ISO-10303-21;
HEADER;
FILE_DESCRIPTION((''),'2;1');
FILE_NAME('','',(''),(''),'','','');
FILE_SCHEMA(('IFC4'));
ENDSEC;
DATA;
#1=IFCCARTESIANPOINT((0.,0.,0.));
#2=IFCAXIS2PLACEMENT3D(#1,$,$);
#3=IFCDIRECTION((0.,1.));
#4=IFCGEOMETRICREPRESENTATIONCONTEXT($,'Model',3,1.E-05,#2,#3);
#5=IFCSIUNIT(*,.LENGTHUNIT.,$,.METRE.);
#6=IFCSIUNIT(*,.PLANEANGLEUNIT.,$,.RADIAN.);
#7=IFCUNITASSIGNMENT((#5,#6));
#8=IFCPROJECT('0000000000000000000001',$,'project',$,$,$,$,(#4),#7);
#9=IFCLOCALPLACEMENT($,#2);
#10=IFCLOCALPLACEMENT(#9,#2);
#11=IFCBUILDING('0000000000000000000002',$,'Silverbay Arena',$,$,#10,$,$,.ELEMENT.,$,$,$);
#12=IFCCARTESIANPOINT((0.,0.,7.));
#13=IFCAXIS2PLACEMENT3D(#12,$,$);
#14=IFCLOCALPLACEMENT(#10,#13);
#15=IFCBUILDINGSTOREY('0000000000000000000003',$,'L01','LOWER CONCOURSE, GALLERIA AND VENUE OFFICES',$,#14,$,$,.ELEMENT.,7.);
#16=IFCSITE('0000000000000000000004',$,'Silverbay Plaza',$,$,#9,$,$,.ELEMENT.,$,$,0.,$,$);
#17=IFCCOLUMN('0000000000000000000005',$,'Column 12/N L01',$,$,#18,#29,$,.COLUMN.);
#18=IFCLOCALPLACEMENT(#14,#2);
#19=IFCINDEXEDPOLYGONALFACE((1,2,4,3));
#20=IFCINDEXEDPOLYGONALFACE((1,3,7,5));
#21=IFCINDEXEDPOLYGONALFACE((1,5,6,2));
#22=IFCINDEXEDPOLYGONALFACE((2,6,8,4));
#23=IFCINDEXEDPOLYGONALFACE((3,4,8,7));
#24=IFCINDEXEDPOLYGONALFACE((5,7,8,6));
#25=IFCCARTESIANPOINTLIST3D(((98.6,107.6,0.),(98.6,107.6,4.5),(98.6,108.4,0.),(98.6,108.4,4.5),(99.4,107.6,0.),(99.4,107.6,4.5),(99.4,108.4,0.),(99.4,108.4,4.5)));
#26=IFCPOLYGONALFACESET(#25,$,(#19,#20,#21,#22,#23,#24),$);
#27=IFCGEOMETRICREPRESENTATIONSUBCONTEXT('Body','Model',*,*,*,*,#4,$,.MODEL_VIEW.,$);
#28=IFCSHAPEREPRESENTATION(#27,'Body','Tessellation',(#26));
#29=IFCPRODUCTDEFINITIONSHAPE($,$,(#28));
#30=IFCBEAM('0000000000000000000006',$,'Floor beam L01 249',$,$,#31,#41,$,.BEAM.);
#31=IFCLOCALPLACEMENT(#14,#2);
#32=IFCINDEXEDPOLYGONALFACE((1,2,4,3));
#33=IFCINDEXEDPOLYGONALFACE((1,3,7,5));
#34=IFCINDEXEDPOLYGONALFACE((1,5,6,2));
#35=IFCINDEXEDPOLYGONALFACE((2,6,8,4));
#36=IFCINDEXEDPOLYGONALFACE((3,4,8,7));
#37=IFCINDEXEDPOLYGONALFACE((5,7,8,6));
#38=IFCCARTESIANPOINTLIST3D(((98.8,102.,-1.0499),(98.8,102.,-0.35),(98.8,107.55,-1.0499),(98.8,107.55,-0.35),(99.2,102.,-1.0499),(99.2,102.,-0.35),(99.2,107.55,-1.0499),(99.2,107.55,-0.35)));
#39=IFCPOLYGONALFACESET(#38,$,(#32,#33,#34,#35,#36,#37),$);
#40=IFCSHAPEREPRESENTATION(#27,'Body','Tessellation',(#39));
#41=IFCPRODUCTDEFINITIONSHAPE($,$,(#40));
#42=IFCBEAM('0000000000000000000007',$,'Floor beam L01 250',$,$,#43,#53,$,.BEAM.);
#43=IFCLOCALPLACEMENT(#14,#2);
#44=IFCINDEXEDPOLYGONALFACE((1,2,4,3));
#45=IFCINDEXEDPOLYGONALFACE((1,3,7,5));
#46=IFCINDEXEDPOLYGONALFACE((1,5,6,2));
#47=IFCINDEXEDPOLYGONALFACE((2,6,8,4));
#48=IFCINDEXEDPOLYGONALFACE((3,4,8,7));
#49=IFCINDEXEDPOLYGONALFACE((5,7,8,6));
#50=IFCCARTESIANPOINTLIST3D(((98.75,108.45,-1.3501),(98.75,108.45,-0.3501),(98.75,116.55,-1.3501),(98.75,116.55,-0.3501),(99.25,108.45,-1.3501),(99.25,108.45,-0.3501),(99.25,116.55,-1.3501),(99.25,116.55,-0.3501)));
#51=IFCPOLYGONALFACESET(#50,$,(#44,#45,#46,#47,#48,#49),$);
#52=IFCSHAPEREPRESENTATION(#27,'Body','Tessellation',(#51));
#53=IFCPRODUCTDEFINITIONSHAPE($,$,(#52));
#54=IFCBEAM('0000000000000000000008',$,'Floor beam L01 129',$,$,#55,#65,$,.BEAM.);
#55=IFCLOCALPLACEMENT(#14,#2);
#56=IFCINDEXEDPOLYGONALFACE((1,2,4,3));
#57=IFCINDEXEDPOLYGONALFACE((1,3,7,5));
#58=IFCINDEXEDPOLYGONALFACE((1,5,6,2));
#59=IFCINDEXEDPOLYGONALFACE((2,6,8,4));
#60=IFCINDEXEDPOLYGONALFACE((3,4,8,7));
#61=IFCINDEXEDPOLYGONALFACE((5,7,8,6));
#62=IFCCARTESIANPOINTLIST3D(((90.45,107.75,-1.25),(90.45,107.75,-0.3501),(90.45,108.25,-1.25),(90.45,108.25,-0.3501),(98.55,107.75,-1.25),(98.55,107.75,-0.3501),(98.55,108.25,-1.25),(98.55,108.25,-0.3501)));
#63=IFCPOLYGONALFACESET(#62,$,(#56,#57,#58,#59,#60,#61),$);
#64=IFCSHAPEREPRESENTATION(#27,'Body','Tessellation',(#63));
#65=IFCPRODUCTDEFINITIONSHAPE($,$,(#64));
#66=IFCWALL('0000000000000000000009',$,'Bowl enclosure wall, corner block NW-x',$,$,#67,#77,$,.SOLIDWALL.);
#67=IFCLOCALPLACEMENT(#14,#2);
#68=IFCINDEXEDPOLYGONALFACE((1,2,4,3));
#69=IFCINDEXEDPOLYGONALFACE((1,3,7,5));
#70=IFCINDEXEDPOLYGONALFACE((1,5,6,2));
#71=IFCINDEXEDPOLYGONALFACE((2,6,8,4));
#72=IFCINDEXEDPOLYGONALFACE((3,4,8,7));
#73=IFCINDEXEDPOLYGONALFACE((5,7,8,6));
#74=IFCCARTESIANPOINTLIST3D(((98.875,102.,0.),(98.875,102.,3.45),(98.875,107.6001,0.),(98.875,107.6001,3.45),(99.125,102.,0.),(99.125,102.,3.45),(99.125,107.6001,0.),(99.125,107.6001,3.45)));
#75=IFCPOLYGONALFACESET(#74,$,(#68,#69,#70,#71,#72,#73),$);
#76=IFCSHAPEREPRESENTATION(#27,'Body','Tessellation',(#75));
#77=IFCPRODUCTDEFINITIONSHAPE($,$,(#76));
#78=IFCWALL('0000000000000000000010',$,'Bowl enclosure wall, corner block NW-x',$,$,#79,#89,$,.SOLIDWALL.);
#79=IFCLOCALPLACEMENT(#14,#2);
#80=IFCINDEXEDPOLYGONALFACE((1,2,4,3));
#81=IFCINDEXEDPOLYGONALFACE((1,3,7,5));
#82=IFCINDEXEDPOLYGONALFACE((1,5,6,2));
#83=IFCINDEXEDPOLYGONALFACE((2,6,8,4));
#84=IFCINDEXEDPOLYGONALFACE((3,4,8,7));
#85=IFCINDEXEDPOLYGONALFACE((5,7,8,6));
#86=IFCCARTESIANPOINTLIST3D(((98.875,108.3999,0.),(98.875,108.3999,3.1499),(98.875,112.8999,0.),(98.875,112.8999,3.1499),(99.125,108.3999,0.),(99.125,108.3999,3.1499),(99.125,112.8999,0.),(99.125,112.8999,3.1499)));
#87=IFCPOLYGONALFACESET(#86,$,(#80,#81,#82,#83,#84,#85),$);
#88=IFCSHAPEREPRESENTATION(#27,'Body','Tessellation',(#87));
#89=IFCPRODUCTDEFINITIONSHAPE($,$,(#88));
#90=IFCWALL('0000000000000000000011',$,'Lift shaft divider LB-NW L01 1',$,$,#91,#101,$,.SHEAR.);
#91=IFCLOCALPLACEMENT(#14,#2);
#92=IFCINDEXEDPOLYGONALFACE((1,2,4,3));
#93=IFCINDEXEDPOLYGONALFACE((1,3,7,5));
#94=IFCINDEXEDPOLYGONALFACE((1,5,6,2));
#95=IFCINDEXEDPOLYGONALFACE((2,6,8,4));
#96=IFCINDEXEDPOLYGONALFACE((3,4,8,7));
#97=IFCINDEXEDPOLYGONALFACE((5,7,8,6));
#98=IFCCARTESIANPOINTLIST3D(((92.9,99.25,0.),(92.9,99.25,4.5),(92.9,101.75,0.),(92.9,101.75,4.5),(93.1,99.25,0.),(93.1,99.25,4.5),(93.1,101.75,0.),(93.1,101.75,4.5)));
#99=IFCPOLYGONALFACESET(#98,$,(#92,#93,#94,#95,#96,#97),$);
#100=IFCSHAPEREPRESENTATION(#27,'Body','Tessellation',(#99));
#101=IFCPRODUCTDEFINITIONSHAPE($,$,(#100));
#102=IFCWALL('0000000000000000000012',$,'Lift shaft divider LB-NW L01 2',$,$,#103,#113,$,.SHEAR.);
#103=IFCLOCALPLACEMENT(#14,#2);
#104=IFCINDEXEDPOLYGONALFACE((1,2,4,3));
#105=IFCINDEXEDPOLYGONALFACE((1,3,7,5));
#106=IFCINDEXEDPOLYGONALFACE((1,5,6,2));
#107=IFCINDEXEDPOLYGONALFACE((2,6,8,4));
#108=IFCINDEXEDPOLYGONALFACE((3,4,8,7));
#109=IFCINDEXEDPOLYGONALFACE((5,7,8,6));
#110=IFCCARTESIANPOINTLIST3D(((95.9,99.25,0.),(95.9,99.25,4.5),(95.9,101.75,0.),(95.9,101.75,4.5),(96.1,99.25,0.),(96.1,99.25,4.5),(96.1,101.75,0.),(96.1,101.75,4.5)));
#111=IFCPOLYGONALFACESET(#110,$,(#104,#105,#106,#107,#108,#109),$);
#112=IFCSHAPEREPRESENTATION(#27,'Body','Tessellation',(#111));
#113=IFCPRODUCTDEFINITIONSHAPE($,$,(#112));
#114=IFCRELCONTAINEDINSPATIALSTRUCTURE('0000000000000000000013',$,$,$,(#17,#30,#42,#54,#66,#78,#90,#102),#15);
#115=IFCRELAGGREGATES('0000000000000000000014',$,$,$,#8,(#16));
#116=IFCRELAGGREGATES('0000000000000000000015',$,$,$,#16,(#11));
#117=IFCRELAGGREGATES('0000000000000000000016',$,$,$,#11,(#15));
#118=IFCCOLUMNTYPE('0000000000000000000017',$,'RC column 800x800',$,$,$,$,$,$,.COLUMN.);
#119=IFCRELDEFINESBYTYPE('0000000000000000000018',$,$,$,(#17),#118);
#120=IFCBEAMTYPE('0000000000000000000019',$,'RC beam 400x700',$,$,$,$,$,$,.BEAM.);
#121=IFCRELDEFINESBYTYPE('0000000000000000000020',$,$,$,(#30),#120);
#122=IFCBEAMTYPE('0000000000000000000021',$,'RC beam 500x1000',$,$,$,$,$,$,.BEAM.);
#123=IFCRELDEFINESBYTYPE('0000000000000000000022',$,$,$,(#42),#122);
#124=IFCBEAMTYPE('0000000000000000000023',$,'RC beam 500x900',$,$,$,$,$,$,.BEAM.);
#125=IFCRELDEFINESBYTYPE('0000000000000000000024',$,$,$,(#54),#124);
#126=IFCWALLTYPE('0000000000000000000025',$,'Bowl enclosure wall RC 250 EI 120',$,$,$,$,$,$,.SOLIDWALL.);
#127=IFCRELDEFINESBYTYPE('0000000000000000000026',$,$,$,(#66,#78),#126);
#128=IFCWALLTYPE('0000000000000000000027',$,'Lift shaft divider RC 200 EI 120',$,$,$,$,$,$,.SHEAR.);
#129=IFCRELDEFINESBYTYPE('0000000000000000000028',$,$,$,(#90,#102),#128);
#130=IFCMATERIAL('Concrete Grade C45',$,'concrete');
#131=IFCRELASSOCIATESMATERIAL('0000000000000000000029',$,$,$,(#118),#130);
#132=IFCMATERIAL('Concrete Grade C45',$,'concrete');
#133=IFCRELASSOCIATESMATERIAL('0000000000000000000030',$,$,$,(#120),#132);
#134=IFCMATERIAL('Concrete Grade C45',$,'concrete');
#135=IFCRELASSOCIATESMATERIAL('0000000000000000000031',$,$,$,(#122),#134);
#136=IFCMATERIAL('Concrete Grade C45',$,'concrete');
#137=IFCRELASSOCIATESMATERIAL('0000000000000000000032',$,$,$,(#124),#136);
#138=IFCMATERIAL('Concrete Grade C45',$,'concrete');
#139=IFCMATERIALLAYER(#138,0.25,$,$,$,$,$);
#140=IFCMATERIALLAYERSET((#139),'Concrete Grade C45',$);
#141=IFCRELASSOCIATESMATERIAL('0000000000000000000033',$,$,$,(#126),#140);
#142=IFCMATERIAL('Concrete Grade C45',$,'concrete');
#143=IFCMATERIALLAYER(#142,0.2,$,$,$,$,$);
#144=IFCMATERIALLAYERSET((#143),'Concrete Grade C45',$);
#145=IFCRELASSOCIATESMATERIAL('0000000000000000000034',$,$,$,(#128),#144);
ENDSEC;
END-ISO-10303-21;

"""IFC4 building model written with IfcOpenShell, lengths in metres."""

from ifc_helpers import new_model, si_unit, direction, frame, frame_2d, origin, origin_2d, place, context, subcontext, project, spatial, rectangle, extrude, material, layer, layer_set, material_profile, profile_set, type_object, element, save


model = new_model("IFC4")

# Units and contexts
model_context = context("Model", 3, precision=1e-05, world=origin(), true_north=direction((0.0, 1.0)))
body_context = subcontext(model_context, "Body", "Model", "MODEL_VIEW")
ifc_project = project(units=[si_unit("LENGTHUNIT", "METRE"), si_unit("PLANEANGLEUNIT", "RADIAN")], contexts=[model_context])

# Site, building, storey
site_placement = place(None, origin())
site = spatial("IfcSite", under=ifc_project, at=site_placement, Name="Silverbay Plaza", CompositionType="ELEMENT", RefElevation=0.0)
building_placement = place(site_placement, origin())
building = spatial("IfcBuilding", under=site, at=building_placement, Name="Silverbay Arena", CompositionType="ELEMENT")
storey_placement = place(building_placement, frame((0.0, 0.0, 7.0)))
storey = spatial("IfcBuildingStorey", under=building, at=storey_placement, Name="L01", Description="LOWER CONCOURSE, GALLERIA AND VENUE OFFICES", CompositionType="ELEMENT", Elevation=7.0)

# Column
ifc_material_1 = material(Name="Concrete Grade C45", Category="concrete")
ifc_material_profile_1 = material_profile(ifc_material_1, rectangle(XDim=0.8, YDim=0.8, at=origin_2d()), Name="RC 800x800")
ifc_profile_set_1 = profile_set([ifc_material_profile_1], Name="Concrete Grade C45")
column_type = type_object("IfcColumnType", Name="RC column 800x800", PredefinedType="COLUMN", material=ifc_profile_set_1)
column_placement = place(storey_placement, frame((99.0, 108.0, 0.0), z_axis=(0.0, 0.0, 1.0), x_axis=(1.0, 0.0, 0.0)))
element("IfcColumn", 1, at=column_placement, inside=storey, type_object=column_type, Name="Column 12/N L01", PredefinedType="COLUMN", context=body_context, shape_type="SweptSolid", body=[
    extrude(rectangle(XDim=0.8, YDim=0.8, at=origin_2d()), origin(), (0.0, 0.0, 1.0), 4.5),
])

# Beams
ifc_material_2 = material(Name="Concrete Grade C45", Category="concrete")
ifc_material_profile_2 = material_profile(ifc_material_2, rectangle(XDim=0.3999, YDim=0.7, at=origin_2d()), Name="RC 400x700")
ifc_profile_set_2 = profile_set([ifc_material_profile_2], Name="Concrete Grade C45")
beam_type_1 = type_object("IfcBeamType", Name="RC beam 400x700", PredefinedType="BEAM", material=ifc_profile_set_2)
beam_1_placement = place(storey_placement, frame((99.0, 102.0, -0.7), z_axis=(0.0, 1.0, 0.0), x_axis=(-1.0, 0.0, 0.0)))
element("IfcBeam", 2, at=beam_1_placement, inside=storey, type_object=beam_type_1, Name="Floor beam L01 249", PredefinedType="BEAM", context=body_context, shape_type="SweptSolid", body=[
    extrude(rectangle(XDim=0.3999, YDim=0.7, at=origin_2d()), origin(), (0.0, 0.0, 1.0), 5.55),
])
ifc_material_3 = material(Name="Concrete Grade C45", Category="concrete")
ifc_material_profile_3 = material_profile(ifc_material_3, rectangle(XDim=0.5, YDim=1.0, at=origin_2d()), Name="RC 500x1000")
ifc_profile_set_3 = profile_set([ifc_material_profile_3], Name="Concrete Grade C45")
beam_type_2 = type_object("IfcBeamType", Name="RC beam 500x1000", PredefinedType="BEAM", material=ifc_profile_set_3)
beam_2_placement = place(storey_placement, frame((99.0, 108.45, -0.8501), z_axis=(0.0, 1.0, 0.0), x_axis=(-1.0, 0.0, 0.0)))
element("IfcBeam", 3, at=beam_2_placement, inside=storey, type_object=beam_type_2, Name="Floor beam L01 250", PredefinedType="BEAM", context=body_context, shape_type="SweptSolid", body=[
    extrude(rectangle(XDim=0.5, YDim=1.0, at=origin_2d()), origin(), (0.0, 0.0, 1.0), 8.1001),
])
ifc_material_4 = material(Name="Concrete Grade C45", Category="concrete")
ifc_material_profile_4 = material_profile(ifc_material_4, rectangle(XDim=0.5, YDim=0.8999, at=origin_2d()), Name="RC 500x900")
ifc_profile_set_4 = profile_set([ifc_material_profile_4], Name="Concrete Grade C45")
beam_type_3 = type_object("IfcBeamType", Name="RC beam 500x900", PredefinedType="BEAM", material=ifc_profile_set_4)
beam_3_placement = place(storey_placement, frame((90.45, 108.0, -0.8), z_axis=(1.0, 0.0, 0.0), x_axis=(0.0, 1.0, 0.0)))
element("IfcBeam", 4, at=beam_3_placement, inside=storey, type_object=beam_type_3, Name="Floor beam L01 129", PredefinedType="BEAM", context=body_context, shape_type="SweptSolid", body=[
    extrude(rectangle(XDim=0.5, YDim=0.8999, at=origin_2d()), origin(), (0.0, 0.0, 1.0), 8.1001),
])

# Shared definitions
ifc_material_5 = material(Name="Concrete Grade C45", Category="concrete")
ifc_layer_1 = layer(ifc_material_5, 0.25)
ifc_layer_set_1 = layer_set([ifc_layer_1], Name="Concrete Grade C45")
wall_type_1 = type_object("IfcWallType", Name="Bowl enclosure wall RC 250 EI 120", PredefinedType="SOLIDWALL", material=ifc_layer_set_1)

# Walls
wall_1_placement = place(storey_placement, frame((99.0, 102.0, 0.0), z_axis=(0.0, 0.0, 1.0), x_axis=(0.0, 1.0, 0.0)))
element("IfcWall", 5, at=wall_1_placement, inside=storey, type_object=wall_type_1, Name="Bowl enclosure wall, corner block NW-x", PredefinedType="SOLIDWALL", context=body_context, shape_type="SweptSolid", body=[
    extrude(rectangle(XDim=5.6001, YDim=0.25, at=frame_2d((2.8, 0.0))), origin(), (0.0, 0.0, 1.0), 3.45),
])
wall_2_placement = place(storey_placement, frame((99.0, 108.3999, 0.0), z_axis=(0.0, 0.0, 1.0), x_axis=(0.0, 1.0, 0.0)))
element("IfcWall", 6, at=wall_2_placement, inside=storey, type_object=wall_type_1, Name="Bowl enclosure wall, corner block NW-x", PredefinedType="SOLIDWALL", context=body_context, shape_type="SweptSolid", body=[
    extrude(rectangle(XDim=4.5, YDim=0.25, at=frame_2d((2.25, 0.0))), origin(), (0.0, 0.0, 1.0), 3.1499),
])
ifc_material_6 = material(Name="Concrete Grade C45", Category="concrete")
ifc_layer_2 = layer(ifc_material_6, 0.2)
ifc_layer_set_2 = layer_set([ifc_layer_2], Name="Concrete Grade C45")
wall_type_2 = type_object("IfcWallType", Name="Lift shaft divider RC 200 EI 120", PredefinedType="SHEAR", material=ifc_layer_set_2)
for number, where, z_axis, x_axis, name in (
    (7, (93.0, 99.25, 0.0), (0.0, 0.0, 1.0), (0.0, 1.0, 0.0), "Lift shaft divider LB-NW L01 1"),
    (8, (96.0, 99.25, 0.0), (0.0, 0.0, 1.0), (0.0, 1.0, 0.0), "Lift shaft divider LB-NW L01 2"),
):
    element("IfcWall", number, at=place(storey_placement, frame(where, z_axis=z_axis, x_axis=x_axis)), inside=storey, type_object=wall_type_2, Name=name, PredefinedType="SHEAR", context=body_context, shape_type="SweptSolid", body=[
        extrude(rectangle(XDim=2.5, YDim=0.2, at=frame_2d((1.25, 0.0))), origin(), (0.0, 0.0, 1.0), 4.5),
    ])

save(model, "model.ifc")
